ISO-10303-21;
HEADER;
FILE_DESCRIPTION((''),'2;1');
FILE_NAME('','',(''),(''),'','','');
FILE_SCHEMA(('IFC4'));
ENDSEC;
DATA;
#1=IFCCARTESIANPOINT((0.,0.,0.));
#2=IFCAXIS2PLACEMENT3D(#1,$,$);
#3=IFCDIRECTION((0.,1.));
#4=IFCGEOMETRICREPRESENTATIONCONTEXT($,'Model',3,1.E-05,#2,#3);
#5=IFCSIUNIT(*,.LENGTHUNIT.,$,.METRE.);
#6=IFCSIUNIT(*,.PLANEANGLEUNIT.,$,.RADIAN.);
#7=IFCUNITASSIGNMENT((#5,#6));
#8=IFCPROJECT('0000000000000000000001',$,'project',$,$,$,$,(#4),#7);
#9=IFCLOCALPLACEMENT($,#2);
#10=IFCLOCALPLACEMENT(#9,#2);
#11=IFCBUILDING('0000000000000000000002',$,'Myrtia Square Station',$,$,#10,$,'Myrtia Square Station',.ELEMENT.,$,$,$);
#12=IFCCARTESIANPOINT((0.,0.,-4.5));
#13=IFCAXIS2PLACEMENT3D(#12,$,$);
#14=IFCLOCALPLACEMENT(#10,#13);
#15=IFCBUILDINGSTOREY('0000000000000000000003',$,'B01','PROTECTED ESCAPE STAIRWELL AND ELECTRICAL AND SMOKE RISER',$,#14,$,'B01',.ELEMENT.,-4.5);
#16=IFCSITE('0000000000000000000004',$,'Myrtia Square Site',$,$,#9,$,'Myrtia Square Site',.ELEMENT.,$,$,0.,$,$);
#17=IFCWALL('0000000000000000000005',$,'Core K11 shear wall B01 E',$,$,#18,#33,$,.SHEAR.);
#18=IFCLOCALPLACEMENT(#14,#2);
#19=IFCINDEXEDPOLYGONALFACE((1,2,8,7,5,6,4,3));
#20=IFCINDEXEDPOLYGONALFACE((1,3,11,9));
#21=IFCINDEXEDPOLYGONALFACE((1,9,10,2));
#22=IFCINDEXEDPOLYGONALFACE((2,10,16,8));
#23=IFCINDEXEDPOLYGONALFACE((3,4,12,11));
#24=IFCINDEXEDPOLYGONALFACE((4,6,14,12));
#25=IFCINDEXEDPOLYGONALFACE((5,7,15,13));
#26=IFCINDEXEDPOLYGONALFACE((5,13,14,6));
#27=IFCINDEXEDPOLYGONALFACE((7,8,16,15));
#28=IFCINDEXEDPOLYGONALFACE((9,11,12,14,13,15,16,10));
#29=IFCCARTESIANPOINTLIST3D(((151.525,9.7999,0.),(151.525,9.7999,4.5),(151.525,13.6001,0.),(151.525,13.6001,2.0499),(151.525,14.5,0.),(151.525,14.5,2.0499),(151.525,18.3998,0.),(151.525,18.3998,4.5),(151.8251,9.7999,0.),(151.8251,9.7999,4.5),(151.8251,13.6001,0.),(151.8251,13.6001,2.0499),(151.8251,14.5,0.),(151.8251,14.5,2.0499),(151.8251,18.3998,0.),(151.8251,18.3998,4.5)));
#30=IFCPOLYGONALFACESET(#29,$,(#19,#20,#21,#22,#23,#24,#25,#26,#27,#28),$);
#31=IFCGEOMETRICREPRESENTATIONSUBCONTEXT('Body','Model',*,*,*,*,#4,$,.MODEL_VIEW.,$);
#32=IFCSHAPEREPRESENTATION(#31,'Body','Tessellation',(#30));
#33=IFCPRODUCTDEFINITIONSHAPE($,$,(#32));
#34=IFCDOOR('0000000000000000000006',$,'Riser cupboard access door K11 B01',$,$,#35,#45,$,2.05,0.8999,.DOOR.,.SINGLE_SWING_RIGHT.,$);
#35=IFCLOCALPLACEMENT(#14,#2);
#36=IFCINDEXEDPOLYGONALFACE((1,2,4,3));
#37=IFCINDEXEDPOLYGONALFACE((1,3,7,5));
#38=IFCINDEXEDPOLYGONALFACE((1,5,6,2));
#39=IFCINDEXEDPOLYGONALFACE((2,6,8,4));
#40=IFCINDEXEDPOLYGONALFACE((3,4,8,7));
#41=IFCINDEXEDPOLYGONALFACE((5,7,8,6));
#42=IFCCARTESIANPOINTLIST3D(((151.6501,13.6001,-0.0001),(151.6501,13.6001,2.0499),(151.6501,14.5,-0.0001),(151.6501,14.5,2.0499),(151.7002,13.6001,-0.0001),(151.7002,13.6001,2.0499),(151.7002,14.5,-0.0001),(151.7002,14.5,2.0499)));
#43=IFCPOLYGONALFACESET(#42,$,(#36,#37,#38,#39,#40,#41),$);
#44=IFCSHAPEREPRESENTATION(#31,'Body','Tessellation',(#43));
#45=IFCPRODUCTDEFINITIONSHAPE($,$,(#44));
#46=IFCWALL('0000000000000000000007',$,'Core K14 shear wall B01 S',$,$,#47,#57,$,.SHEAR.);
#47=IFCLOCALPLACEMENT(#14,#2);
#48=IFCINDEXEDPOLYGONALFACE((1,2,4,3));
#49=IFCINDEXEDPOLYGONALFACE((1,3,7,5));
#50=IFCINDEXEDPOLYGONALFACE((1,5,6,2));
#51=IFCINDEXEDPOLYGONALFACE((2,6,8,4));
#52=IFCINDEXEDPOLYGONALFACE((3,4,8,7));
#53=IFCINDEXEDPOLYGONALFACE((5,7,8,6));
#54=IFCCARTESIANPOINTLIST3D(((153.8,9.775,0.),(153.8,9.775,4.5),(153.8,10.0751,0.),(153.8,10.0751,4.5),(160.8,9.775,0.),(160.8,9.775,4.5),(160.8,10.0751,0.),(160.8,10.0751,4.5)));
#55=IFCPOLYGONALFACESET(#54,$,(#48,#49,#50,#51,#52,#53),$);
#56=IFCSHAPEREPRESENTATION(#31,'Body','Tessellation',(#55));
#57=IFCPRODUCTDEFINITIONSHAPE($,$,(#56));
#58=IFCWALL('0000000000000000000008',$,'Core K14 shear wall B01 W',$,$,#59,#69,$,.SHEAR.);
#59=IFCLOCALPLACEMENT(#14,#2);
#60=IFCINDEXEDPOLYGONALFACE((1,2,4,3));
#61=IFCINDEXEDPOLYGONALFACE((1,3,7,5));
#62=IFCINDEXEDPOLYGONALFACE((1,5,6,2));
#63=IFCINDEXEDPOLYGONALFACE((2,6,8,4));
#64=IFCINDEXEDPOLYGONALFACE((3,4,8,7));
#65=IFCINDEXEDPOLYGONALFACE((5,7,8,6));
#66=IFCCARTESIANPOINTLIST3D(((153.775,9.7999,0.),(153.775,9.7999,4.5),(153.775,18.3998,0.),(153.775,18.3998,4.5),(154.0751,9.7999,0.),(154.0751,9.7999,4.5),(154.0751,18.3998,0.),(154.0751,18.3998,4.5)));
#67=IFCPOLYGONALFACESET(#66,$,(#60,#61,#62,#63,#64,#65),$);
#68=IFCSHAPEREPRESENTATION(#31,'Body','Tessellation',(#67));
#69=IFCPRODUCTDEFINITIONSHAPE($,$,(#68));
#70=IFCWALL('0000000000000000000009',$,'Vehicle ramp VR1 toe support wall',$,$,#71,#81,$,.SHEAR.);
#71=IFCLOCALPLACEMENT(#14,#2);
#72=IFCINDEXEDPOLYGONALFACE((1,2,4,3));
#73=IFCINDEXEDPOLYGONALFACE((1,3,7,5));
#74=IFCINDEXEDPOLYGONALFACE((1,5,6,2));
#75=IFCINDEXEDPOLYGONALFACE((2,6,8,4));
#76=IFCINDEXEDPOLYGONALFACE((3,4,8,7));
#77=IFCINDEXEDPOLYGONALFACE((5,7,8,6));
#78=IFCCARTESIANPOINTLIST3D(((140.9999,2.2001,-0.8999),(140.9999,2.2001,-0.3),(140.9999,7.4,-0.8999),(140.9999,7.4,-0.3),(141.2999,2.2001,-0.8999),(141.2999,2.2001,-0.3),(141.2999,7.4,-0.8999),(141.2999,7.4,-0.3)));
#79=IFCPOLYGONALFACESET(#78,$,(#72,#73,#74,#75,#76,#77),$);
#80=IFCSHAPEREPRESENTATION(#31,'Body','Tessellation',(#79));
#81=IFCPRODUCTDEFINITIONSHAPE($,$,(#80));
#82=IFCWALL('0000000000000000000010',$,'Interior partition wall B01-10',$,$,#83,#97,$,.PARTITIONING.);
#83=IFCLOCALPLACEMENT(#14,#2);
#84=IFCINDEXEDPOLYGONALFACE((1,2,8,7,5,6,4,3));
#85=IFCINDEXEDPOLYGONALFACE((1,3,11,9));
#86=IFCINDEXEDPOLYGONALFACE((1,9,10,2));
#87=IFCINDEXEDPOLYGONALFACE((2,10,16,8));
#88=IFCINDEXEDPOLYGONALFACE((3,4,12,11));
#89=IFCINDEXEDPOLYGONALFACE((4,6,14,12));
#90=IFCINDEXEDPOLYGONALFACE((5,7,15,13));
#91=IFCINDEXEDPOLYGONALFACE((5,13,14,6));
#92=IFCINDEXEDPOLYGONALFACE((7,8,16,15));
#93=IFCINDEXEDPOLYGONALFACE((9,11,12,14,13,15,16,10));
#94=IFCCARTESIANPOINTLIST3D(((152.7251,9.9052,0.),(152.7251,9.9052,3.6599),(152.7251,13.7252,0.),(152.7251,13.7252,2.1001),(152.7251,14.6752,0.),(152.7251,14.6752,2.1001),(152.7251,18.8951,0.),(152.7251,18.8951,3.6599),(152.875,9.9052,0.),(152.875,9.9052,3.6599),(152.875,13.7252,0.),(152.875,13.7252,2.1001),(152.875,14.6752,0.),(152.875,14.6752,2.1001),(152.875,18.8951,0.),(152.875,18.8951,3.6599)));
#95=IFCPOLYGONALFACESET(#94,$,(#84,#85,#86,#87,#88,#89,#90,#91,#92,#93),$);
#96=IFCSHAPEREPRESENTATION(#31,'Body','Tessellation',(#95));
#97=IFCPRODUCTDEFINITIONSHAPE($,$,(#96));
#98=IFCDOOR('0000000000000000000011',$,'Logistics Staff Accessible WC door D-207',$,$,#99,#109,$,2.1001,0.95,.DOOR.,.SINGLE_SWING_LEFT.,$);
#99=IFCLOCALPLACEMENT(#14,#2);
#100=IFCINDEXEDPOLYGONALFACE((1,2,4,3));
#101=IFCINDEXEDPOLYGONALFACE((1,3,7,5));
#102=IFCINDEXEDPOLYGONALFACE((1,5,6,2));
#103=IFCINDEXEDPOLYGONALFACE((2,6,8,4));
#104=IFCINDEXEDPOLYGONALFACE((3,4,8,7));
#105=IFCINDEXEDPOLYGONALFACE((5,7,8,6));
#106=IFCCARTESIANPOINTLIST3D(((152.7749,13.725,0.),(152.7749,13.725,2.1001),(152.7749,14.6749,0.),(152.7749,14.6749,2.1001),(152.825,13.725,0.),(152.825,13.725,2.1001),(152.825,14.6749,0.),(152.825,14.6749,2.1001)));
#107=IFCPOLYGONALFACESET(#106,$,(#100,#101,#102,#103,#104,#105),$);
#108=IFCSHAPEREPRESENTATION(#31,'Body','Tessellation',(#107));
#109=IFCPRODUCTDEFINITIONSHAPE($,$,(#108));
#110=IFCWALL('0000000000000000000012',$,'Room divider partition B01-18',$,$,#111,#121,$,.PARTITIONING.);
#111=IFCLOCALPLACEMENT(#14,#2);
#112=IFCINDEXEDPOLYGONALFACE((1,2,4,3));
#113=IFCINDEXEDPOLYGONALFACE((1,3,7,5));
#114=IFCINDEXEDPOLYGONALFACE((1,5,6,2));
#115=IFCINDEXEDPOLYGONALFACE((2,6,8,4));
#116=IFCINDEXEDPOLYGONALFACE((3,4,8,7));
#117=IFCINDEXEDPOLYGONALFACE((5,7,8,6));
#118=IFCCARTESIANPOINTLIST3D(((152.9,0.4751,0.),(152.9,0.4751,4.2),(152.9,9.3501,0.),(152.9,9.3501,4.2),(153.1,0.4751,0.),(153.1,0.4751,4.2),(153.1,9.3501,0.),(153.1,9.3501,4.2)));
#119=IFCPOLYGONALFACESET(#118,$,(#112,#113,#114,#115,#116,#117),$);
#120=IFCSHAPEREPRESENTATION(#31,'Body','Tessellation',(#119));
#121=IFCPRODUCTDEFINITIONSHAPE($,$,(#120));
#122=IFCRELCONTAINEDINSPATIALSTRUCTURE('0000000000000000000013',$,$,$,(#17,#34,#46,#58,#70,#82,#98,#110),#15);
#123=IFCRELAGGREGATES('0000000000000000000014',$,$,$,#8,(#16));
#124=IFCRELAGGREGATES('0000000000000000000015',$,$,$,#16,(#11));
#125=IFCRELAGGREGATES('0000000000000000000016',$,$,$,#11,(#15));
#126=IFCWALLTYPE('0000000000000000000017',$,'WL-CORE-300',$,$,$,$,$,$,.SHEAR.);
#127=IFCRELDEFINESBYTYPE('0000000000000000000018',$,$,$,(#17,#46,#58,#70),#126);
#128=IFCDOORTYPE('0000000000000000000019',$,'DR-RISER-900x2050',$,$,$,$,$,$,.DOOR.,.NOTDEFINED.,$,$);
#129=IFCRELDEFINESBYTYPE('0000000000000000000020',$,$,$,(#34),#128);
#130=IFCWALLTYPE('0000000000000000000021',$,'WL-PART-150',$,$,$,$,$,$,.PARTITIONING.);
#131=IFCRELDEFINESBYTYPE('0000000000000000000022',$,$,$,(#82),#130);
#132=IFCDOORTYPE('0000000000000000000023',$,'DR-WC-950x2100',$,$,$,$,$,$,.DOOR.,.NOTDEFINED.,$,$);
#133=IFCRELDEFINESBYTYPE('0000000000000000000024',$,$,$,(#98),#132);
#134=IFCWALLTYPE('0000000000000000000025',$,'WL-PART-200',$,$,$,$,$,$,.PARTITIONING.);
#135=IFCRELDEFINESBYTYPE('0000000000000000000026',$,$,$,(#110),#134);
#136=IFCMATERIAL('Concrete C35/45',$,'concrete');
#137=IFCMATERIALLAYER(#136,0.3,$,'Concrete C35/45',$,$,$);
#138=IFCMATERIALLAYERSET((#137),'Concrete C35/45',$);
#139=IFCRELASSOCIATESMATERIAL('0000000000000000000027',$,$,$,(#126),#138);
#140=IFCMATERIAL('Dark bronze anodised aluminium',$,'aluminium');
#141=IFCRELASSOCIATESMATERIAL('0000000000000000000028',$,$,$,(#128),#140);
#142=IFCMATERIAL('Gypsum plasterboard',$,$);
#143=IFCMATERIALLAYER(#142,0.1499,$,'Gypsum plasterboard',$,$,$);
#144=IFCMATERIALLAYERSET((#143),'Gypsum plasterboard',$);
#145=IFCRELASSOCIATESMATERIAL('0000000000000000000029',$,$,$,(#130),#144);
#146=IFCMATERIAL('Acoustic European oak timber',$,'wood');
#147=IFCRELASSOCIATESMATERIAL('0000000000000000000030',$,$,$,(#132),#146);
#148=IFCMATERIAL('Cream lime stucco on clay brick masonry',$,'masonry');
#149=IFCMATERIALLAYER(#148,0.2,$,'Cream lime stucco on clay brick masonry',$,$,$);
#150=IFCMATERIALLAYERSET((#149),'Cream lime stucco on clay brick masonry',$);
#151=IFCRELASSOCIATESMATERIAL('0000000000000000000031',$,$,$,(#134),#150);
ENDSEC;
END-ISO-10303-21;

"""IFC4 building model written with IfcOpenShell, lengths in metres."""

from ifc_helpers import new_model, si_unit, direction, frame, frame_2d, origin, place, context, subcontext, project, spatial, rectangle, extrude, material, layer, layer_set, type_object, element, fill, save


model = new_model("IFC4")

# Units and contexts
model_context = context("Model", 3, precision=1e-05, world=origin(), true_north=direction((0.0, 1.0)))
body_context = subcontext(model_context, "Body", "Model", "MODEL_VIEW")
ifc_project = project(units=[si_unit("LENGTHUNIT", "METRE"), si_unit("PLANEANGLEUNIT", "RADIAN")], contexts=[model_context])

# Site, building, storey
site_placement = place(None, origin())
site = spatial("IfcSite", under=ifc_project, at=site_placement, Name="Myrtia Square Site", LongName="Myrtia Square Site", CompositionType="ELEMENT", RefElevation=0.0)
building_placement = place(site_placement, origin())
building = spatial("IfcBuilding", under=site, at=building_placement, Name="Myrtia Square Station", LongName="Myrtia Square Station", CompositionType="ELEMENT")
storey_placement = place(building_placement, frame((0.0, 0.0, -4.5)))
storey = spatial("IfcBuildingStorey", under=building, at=storey_placement, Name="B01", Description="PROTECTED ESCAPE STAIRWELL AND ELECTRICAL AND SMOKE RISER", LongName="B01", CompositionType="ELEMENT", Elevation=-4.5)

# Shared definitions
ifc_material_1 = material(Name="Concrete C35/45", Category="concrete")

# Shared definitions
ifc_layer_1 = layer(ifc_material_1, 0.3, Name="Concrete C35/45")
ifc_layer_set_1 = layer_set([ifc_layer_1], Name="Concrete C35/45")
wall_type_1 = type_object("IfcWallType", Name="WL-CORE-300", PredefinedType="SHEAR", material=ifc_layer_set_1)
ifc_material_2 = material(Name="Dark bronze anodised aluminium", Category="aluminium")
door_type_1 = type_object("IfcDoorType", Name="DR-RISER-900x2050", OperationType="NOTDEFINED", PredefinedType="DOOR", material=ifc_material_2)

# Wall, opening, door
wall_1_placement = place(storey_placement, frame((151.675, 9.8, 0.0), z_axis=(0.0, 0.0, 1.0), x_axis=(0.0, 1.0, 0.0)))
wall_1 = element("IfcWall", 1, at=wall_1_placement, inside=storey, type_object=wall_type_1, Name="Core K11 shear wall B01 E", PredefinedType="SHEAR", context=body_context, shape_type="SweptSolid", body=[
    extrude(rectangle(XDim=8.5999, YDim=0.3, at=frame_2d((4.2998, 0.0))), origin(), (0.0, 0.0, 1.0), 4.5),
])
opening_1_placement = place(wall_1_placement, frame((3.8, 0.0, 0.0)))
opening_1 = element("IfcOpeningElement", 2, at=opening_1_placement, cuts=wall_1, PredefinedType="OPENING", context=body_context, shape_type="SweptSolid", body=[
    extrude(rectangle(XDim=0.8999, YDim=2.05, at=frame_2d((0.45, 1.0249))), frame((0.0, 0.165, 0.0), z_axis=(0.0, -1.0, 0.0), x_axis=(1.0, 0.0, 0.0)), (0.0, 0.0, 1.0), 0.3301),
])
door_1_placement = place(opening_1_placement, origin())
door_1 = element("IfcDoor", 3, at=door_1_placement, inside=storey, type_object=door_type_1, Name="Riser cupboard access door K11 B01", OperationType="SINGLE_SWING_RIGHT", OverallHeight=2.05, OverallWidth=0.8999, PredefinedType="DOOR", context=body_context, shape_type="SweptSolid", body=[
    extrude(rectangle(XDim=0.8999, YDim=2.05, at=frame_2d((0.45, 1.0249))), frame((0.0, 0.0249, 0.0), z_axis=(0.0, -1.0, 0.0), x_axis=(1.0, 0.0, 0.0)), (0.0, 0.0, 1.0), 0.05),
])
fill(opening_1, door_1)

# Walls
wall_2_placement = place(storey_placement, frame((153.8, 9.925, 0.0), z_axis=(0.0, 0.0, 1.0), x_axis=(1.0, 0.0, 0.0)))
element("IfcWall", 4, at=wall_2_placement, inside=storey, type_object=wall_type_1, Name="Core K14 shear wall B01 S", PredefinedType="SHEAR", context=body_context, shape_type="SweptSolid", body=[
    extrude(rectangle(XDim=7.0, YDim=0.3, at=frame_2d((3.5, 0.0))), origin(), (0.0, 0.0, 1.0), 4.5),
])
wall_3_placement = place(storey_placement, frame((153.925, 9.8, 0.0), z_axis=(0.0, 0.0, 1.0), x_axis=(0.0, 1.0, 0.0)))
element("IfcWall", 5, at=wall_3_placement, inside=storey, type_object=wall_type_1, Name="Core K14 shear wall B01 W", PredefinedType="SHEAR", context=body_context, shape_type="SweptSolid", body=[
    extrude(rectangle(XDim=8.5999, YDim=0.3, at=frame_2d((4.2998, 0.0))), origin(), (0.0, 0.0, 1.0), 4.5),
])
wall_4_placement = place(storey_placement, frame((141.1499, 2.2, -0.8999), z_axis=(0.0, 0.0, 1.0), x_axis=(0.0, 1.0, 0.0)))
element("IfcWall", 6, at=wall_4_placement, inside=storey, type_object=wall_type_1, Name="Vehicle ramp VR1 toe support wall", PredefinedType="SHEAR", context=body_context, shape_type="SweptSolid", body=[
    extrude(rectangle(XDim=5.2, YDim=0.3, at=frame_2d((2.6001, 0.0))), origin(), (0.0, 0.0, 1.0), 0.5999),
])

# Wall, opening, door
ifc_material_3 = material(Name="Gypsum plasterboard")
ifc_layer_2 = layer(ifc_material_3, 0.1499, Name="Gypsum plasterboard")
ifc_layer_set_2 = layer_set([ifc_layer_2], Name="Gypsum plasterboard")
wall_type_2 = type_object("IfcWallType", Name="WL-PART-150", PredefinedType="PARTITIONING", material=ifc_layer_set_2)
wall_5_placement = place(storey_placement, frame((152.8, 9.905, 0.0), z_axis=(0.0, 0.0, 1.0), x_axis=(0.0, 1.0, 0.0)))
wall_5 = element("IfcWall", 7, at=wall_5_placement, inside=storey, type_object=wall_type_2, Name="Interior partition wall B01-10", PredefinedType="PARTITIONING", context=body_context, shape_type="SweptSolid", body=[
    extrude(rectangle(XDim=8.99, YDim=0.1499, at=frame_2d((4.4951, 0.0))), origin(), (0.0, 0.0, 1.0), 3.6599),
])
opening_2_placement = place(wall_5_placement, frame((3.8201, 0.0, 0.0)))
opening_2 = element("IfcOpeningElement", 8, at=opening_2_placement, cuts=wall_5, PredefinedType="OPENING", context=body_context, shape_type="SweptSolid", body=[
    extrude(rectangle(XDim=0.95, YDim=2.1001, at=frame_2d((0.4751, 1.05))), frame((0.0, 0.0898, 0.0), z_axis=(0.0, -1.0, 0.0), x_axis=(1.0, 0.0, 0.0)), (0.0, 0.0, 1.0), 0.1799),
])
ifc_material_4 = material(Name="Acoustic European oak timber", Category="wood")
door_type_2 = type_object("IfcDoorType", Name="DR-WC-950x2100", OperationType="NOTDEFINED", PredefinedType="DOOR", material=ifc_material_4)
door_2_placement = place(opening_2_placement, frame((0.95, 0.0, 0.0), z_axis=(0.0, 0.0, 1.0), x_axis=(-1.0, 0.0, 0.0)))
door_2 = element("IfcDoor", 9, at=door_2_placement, inside=storey, type_object=door_type_2, Name="Logistics Staff Accessible WC door D-207", OperationType="SINGLE_SWING_LEFT", OverallHeight=2.1001, OverallWidth=0.95, PredefinedType="DOOR", context=body_context, shape_type="SweptSolid", body=[
    extrude(rectangle(XDim=0.95, YDim=2.1001, at=frame_2d((0.4751, 1.05))), frame((0.0, 0.0249, 0.0), z_axis=(0.0, -1.0, 0.0), x_axis=(1.0, 0.0, 0.0)), (0.0, 0.0, 1.0), 0.05),
])
fill(opening_2, door_2)

# Wall
ifc_material_5 = material(Name="Cream lime stucco on clay brick masonry", Category="masonry")
ifc_layer_3 = layer(ifc_material_5, 0.2, Name="Cream lime stucco on clay brick masonry")
ifc_layer_set_3 = layer_set([ifc_layer_3], Name="Cream lime stucco on clay brick masonry")
wall_type_3 = type_object("IfcWallType", Name="WL-PART-200", PredefinedType="PARTITIONING", material=ifc_layer_set_3)
wall_6_placement = place(storey_placement, frame((153.0, 0.4751, 0.0), z_axis=(0.0, 0.0, 1.0), x_axis=(0.0, 1.0, 0.0)))
element("IfcWall", 10, at=wall_6_placement, inside=storey, type_object=wall_type_3, Name="Room divider partition B01-18", PredefinedType="PARTITIONING", context=body_context, shape_type="SweptSolid", body=[
    extrude(rectangle(XDim=8.875, YDim=0.2, at=frame_2d((4.4375, 0.0))), origin(), (0.0, 0.0, 1.0), 4.2),
])

save(model, "model.ifc")
